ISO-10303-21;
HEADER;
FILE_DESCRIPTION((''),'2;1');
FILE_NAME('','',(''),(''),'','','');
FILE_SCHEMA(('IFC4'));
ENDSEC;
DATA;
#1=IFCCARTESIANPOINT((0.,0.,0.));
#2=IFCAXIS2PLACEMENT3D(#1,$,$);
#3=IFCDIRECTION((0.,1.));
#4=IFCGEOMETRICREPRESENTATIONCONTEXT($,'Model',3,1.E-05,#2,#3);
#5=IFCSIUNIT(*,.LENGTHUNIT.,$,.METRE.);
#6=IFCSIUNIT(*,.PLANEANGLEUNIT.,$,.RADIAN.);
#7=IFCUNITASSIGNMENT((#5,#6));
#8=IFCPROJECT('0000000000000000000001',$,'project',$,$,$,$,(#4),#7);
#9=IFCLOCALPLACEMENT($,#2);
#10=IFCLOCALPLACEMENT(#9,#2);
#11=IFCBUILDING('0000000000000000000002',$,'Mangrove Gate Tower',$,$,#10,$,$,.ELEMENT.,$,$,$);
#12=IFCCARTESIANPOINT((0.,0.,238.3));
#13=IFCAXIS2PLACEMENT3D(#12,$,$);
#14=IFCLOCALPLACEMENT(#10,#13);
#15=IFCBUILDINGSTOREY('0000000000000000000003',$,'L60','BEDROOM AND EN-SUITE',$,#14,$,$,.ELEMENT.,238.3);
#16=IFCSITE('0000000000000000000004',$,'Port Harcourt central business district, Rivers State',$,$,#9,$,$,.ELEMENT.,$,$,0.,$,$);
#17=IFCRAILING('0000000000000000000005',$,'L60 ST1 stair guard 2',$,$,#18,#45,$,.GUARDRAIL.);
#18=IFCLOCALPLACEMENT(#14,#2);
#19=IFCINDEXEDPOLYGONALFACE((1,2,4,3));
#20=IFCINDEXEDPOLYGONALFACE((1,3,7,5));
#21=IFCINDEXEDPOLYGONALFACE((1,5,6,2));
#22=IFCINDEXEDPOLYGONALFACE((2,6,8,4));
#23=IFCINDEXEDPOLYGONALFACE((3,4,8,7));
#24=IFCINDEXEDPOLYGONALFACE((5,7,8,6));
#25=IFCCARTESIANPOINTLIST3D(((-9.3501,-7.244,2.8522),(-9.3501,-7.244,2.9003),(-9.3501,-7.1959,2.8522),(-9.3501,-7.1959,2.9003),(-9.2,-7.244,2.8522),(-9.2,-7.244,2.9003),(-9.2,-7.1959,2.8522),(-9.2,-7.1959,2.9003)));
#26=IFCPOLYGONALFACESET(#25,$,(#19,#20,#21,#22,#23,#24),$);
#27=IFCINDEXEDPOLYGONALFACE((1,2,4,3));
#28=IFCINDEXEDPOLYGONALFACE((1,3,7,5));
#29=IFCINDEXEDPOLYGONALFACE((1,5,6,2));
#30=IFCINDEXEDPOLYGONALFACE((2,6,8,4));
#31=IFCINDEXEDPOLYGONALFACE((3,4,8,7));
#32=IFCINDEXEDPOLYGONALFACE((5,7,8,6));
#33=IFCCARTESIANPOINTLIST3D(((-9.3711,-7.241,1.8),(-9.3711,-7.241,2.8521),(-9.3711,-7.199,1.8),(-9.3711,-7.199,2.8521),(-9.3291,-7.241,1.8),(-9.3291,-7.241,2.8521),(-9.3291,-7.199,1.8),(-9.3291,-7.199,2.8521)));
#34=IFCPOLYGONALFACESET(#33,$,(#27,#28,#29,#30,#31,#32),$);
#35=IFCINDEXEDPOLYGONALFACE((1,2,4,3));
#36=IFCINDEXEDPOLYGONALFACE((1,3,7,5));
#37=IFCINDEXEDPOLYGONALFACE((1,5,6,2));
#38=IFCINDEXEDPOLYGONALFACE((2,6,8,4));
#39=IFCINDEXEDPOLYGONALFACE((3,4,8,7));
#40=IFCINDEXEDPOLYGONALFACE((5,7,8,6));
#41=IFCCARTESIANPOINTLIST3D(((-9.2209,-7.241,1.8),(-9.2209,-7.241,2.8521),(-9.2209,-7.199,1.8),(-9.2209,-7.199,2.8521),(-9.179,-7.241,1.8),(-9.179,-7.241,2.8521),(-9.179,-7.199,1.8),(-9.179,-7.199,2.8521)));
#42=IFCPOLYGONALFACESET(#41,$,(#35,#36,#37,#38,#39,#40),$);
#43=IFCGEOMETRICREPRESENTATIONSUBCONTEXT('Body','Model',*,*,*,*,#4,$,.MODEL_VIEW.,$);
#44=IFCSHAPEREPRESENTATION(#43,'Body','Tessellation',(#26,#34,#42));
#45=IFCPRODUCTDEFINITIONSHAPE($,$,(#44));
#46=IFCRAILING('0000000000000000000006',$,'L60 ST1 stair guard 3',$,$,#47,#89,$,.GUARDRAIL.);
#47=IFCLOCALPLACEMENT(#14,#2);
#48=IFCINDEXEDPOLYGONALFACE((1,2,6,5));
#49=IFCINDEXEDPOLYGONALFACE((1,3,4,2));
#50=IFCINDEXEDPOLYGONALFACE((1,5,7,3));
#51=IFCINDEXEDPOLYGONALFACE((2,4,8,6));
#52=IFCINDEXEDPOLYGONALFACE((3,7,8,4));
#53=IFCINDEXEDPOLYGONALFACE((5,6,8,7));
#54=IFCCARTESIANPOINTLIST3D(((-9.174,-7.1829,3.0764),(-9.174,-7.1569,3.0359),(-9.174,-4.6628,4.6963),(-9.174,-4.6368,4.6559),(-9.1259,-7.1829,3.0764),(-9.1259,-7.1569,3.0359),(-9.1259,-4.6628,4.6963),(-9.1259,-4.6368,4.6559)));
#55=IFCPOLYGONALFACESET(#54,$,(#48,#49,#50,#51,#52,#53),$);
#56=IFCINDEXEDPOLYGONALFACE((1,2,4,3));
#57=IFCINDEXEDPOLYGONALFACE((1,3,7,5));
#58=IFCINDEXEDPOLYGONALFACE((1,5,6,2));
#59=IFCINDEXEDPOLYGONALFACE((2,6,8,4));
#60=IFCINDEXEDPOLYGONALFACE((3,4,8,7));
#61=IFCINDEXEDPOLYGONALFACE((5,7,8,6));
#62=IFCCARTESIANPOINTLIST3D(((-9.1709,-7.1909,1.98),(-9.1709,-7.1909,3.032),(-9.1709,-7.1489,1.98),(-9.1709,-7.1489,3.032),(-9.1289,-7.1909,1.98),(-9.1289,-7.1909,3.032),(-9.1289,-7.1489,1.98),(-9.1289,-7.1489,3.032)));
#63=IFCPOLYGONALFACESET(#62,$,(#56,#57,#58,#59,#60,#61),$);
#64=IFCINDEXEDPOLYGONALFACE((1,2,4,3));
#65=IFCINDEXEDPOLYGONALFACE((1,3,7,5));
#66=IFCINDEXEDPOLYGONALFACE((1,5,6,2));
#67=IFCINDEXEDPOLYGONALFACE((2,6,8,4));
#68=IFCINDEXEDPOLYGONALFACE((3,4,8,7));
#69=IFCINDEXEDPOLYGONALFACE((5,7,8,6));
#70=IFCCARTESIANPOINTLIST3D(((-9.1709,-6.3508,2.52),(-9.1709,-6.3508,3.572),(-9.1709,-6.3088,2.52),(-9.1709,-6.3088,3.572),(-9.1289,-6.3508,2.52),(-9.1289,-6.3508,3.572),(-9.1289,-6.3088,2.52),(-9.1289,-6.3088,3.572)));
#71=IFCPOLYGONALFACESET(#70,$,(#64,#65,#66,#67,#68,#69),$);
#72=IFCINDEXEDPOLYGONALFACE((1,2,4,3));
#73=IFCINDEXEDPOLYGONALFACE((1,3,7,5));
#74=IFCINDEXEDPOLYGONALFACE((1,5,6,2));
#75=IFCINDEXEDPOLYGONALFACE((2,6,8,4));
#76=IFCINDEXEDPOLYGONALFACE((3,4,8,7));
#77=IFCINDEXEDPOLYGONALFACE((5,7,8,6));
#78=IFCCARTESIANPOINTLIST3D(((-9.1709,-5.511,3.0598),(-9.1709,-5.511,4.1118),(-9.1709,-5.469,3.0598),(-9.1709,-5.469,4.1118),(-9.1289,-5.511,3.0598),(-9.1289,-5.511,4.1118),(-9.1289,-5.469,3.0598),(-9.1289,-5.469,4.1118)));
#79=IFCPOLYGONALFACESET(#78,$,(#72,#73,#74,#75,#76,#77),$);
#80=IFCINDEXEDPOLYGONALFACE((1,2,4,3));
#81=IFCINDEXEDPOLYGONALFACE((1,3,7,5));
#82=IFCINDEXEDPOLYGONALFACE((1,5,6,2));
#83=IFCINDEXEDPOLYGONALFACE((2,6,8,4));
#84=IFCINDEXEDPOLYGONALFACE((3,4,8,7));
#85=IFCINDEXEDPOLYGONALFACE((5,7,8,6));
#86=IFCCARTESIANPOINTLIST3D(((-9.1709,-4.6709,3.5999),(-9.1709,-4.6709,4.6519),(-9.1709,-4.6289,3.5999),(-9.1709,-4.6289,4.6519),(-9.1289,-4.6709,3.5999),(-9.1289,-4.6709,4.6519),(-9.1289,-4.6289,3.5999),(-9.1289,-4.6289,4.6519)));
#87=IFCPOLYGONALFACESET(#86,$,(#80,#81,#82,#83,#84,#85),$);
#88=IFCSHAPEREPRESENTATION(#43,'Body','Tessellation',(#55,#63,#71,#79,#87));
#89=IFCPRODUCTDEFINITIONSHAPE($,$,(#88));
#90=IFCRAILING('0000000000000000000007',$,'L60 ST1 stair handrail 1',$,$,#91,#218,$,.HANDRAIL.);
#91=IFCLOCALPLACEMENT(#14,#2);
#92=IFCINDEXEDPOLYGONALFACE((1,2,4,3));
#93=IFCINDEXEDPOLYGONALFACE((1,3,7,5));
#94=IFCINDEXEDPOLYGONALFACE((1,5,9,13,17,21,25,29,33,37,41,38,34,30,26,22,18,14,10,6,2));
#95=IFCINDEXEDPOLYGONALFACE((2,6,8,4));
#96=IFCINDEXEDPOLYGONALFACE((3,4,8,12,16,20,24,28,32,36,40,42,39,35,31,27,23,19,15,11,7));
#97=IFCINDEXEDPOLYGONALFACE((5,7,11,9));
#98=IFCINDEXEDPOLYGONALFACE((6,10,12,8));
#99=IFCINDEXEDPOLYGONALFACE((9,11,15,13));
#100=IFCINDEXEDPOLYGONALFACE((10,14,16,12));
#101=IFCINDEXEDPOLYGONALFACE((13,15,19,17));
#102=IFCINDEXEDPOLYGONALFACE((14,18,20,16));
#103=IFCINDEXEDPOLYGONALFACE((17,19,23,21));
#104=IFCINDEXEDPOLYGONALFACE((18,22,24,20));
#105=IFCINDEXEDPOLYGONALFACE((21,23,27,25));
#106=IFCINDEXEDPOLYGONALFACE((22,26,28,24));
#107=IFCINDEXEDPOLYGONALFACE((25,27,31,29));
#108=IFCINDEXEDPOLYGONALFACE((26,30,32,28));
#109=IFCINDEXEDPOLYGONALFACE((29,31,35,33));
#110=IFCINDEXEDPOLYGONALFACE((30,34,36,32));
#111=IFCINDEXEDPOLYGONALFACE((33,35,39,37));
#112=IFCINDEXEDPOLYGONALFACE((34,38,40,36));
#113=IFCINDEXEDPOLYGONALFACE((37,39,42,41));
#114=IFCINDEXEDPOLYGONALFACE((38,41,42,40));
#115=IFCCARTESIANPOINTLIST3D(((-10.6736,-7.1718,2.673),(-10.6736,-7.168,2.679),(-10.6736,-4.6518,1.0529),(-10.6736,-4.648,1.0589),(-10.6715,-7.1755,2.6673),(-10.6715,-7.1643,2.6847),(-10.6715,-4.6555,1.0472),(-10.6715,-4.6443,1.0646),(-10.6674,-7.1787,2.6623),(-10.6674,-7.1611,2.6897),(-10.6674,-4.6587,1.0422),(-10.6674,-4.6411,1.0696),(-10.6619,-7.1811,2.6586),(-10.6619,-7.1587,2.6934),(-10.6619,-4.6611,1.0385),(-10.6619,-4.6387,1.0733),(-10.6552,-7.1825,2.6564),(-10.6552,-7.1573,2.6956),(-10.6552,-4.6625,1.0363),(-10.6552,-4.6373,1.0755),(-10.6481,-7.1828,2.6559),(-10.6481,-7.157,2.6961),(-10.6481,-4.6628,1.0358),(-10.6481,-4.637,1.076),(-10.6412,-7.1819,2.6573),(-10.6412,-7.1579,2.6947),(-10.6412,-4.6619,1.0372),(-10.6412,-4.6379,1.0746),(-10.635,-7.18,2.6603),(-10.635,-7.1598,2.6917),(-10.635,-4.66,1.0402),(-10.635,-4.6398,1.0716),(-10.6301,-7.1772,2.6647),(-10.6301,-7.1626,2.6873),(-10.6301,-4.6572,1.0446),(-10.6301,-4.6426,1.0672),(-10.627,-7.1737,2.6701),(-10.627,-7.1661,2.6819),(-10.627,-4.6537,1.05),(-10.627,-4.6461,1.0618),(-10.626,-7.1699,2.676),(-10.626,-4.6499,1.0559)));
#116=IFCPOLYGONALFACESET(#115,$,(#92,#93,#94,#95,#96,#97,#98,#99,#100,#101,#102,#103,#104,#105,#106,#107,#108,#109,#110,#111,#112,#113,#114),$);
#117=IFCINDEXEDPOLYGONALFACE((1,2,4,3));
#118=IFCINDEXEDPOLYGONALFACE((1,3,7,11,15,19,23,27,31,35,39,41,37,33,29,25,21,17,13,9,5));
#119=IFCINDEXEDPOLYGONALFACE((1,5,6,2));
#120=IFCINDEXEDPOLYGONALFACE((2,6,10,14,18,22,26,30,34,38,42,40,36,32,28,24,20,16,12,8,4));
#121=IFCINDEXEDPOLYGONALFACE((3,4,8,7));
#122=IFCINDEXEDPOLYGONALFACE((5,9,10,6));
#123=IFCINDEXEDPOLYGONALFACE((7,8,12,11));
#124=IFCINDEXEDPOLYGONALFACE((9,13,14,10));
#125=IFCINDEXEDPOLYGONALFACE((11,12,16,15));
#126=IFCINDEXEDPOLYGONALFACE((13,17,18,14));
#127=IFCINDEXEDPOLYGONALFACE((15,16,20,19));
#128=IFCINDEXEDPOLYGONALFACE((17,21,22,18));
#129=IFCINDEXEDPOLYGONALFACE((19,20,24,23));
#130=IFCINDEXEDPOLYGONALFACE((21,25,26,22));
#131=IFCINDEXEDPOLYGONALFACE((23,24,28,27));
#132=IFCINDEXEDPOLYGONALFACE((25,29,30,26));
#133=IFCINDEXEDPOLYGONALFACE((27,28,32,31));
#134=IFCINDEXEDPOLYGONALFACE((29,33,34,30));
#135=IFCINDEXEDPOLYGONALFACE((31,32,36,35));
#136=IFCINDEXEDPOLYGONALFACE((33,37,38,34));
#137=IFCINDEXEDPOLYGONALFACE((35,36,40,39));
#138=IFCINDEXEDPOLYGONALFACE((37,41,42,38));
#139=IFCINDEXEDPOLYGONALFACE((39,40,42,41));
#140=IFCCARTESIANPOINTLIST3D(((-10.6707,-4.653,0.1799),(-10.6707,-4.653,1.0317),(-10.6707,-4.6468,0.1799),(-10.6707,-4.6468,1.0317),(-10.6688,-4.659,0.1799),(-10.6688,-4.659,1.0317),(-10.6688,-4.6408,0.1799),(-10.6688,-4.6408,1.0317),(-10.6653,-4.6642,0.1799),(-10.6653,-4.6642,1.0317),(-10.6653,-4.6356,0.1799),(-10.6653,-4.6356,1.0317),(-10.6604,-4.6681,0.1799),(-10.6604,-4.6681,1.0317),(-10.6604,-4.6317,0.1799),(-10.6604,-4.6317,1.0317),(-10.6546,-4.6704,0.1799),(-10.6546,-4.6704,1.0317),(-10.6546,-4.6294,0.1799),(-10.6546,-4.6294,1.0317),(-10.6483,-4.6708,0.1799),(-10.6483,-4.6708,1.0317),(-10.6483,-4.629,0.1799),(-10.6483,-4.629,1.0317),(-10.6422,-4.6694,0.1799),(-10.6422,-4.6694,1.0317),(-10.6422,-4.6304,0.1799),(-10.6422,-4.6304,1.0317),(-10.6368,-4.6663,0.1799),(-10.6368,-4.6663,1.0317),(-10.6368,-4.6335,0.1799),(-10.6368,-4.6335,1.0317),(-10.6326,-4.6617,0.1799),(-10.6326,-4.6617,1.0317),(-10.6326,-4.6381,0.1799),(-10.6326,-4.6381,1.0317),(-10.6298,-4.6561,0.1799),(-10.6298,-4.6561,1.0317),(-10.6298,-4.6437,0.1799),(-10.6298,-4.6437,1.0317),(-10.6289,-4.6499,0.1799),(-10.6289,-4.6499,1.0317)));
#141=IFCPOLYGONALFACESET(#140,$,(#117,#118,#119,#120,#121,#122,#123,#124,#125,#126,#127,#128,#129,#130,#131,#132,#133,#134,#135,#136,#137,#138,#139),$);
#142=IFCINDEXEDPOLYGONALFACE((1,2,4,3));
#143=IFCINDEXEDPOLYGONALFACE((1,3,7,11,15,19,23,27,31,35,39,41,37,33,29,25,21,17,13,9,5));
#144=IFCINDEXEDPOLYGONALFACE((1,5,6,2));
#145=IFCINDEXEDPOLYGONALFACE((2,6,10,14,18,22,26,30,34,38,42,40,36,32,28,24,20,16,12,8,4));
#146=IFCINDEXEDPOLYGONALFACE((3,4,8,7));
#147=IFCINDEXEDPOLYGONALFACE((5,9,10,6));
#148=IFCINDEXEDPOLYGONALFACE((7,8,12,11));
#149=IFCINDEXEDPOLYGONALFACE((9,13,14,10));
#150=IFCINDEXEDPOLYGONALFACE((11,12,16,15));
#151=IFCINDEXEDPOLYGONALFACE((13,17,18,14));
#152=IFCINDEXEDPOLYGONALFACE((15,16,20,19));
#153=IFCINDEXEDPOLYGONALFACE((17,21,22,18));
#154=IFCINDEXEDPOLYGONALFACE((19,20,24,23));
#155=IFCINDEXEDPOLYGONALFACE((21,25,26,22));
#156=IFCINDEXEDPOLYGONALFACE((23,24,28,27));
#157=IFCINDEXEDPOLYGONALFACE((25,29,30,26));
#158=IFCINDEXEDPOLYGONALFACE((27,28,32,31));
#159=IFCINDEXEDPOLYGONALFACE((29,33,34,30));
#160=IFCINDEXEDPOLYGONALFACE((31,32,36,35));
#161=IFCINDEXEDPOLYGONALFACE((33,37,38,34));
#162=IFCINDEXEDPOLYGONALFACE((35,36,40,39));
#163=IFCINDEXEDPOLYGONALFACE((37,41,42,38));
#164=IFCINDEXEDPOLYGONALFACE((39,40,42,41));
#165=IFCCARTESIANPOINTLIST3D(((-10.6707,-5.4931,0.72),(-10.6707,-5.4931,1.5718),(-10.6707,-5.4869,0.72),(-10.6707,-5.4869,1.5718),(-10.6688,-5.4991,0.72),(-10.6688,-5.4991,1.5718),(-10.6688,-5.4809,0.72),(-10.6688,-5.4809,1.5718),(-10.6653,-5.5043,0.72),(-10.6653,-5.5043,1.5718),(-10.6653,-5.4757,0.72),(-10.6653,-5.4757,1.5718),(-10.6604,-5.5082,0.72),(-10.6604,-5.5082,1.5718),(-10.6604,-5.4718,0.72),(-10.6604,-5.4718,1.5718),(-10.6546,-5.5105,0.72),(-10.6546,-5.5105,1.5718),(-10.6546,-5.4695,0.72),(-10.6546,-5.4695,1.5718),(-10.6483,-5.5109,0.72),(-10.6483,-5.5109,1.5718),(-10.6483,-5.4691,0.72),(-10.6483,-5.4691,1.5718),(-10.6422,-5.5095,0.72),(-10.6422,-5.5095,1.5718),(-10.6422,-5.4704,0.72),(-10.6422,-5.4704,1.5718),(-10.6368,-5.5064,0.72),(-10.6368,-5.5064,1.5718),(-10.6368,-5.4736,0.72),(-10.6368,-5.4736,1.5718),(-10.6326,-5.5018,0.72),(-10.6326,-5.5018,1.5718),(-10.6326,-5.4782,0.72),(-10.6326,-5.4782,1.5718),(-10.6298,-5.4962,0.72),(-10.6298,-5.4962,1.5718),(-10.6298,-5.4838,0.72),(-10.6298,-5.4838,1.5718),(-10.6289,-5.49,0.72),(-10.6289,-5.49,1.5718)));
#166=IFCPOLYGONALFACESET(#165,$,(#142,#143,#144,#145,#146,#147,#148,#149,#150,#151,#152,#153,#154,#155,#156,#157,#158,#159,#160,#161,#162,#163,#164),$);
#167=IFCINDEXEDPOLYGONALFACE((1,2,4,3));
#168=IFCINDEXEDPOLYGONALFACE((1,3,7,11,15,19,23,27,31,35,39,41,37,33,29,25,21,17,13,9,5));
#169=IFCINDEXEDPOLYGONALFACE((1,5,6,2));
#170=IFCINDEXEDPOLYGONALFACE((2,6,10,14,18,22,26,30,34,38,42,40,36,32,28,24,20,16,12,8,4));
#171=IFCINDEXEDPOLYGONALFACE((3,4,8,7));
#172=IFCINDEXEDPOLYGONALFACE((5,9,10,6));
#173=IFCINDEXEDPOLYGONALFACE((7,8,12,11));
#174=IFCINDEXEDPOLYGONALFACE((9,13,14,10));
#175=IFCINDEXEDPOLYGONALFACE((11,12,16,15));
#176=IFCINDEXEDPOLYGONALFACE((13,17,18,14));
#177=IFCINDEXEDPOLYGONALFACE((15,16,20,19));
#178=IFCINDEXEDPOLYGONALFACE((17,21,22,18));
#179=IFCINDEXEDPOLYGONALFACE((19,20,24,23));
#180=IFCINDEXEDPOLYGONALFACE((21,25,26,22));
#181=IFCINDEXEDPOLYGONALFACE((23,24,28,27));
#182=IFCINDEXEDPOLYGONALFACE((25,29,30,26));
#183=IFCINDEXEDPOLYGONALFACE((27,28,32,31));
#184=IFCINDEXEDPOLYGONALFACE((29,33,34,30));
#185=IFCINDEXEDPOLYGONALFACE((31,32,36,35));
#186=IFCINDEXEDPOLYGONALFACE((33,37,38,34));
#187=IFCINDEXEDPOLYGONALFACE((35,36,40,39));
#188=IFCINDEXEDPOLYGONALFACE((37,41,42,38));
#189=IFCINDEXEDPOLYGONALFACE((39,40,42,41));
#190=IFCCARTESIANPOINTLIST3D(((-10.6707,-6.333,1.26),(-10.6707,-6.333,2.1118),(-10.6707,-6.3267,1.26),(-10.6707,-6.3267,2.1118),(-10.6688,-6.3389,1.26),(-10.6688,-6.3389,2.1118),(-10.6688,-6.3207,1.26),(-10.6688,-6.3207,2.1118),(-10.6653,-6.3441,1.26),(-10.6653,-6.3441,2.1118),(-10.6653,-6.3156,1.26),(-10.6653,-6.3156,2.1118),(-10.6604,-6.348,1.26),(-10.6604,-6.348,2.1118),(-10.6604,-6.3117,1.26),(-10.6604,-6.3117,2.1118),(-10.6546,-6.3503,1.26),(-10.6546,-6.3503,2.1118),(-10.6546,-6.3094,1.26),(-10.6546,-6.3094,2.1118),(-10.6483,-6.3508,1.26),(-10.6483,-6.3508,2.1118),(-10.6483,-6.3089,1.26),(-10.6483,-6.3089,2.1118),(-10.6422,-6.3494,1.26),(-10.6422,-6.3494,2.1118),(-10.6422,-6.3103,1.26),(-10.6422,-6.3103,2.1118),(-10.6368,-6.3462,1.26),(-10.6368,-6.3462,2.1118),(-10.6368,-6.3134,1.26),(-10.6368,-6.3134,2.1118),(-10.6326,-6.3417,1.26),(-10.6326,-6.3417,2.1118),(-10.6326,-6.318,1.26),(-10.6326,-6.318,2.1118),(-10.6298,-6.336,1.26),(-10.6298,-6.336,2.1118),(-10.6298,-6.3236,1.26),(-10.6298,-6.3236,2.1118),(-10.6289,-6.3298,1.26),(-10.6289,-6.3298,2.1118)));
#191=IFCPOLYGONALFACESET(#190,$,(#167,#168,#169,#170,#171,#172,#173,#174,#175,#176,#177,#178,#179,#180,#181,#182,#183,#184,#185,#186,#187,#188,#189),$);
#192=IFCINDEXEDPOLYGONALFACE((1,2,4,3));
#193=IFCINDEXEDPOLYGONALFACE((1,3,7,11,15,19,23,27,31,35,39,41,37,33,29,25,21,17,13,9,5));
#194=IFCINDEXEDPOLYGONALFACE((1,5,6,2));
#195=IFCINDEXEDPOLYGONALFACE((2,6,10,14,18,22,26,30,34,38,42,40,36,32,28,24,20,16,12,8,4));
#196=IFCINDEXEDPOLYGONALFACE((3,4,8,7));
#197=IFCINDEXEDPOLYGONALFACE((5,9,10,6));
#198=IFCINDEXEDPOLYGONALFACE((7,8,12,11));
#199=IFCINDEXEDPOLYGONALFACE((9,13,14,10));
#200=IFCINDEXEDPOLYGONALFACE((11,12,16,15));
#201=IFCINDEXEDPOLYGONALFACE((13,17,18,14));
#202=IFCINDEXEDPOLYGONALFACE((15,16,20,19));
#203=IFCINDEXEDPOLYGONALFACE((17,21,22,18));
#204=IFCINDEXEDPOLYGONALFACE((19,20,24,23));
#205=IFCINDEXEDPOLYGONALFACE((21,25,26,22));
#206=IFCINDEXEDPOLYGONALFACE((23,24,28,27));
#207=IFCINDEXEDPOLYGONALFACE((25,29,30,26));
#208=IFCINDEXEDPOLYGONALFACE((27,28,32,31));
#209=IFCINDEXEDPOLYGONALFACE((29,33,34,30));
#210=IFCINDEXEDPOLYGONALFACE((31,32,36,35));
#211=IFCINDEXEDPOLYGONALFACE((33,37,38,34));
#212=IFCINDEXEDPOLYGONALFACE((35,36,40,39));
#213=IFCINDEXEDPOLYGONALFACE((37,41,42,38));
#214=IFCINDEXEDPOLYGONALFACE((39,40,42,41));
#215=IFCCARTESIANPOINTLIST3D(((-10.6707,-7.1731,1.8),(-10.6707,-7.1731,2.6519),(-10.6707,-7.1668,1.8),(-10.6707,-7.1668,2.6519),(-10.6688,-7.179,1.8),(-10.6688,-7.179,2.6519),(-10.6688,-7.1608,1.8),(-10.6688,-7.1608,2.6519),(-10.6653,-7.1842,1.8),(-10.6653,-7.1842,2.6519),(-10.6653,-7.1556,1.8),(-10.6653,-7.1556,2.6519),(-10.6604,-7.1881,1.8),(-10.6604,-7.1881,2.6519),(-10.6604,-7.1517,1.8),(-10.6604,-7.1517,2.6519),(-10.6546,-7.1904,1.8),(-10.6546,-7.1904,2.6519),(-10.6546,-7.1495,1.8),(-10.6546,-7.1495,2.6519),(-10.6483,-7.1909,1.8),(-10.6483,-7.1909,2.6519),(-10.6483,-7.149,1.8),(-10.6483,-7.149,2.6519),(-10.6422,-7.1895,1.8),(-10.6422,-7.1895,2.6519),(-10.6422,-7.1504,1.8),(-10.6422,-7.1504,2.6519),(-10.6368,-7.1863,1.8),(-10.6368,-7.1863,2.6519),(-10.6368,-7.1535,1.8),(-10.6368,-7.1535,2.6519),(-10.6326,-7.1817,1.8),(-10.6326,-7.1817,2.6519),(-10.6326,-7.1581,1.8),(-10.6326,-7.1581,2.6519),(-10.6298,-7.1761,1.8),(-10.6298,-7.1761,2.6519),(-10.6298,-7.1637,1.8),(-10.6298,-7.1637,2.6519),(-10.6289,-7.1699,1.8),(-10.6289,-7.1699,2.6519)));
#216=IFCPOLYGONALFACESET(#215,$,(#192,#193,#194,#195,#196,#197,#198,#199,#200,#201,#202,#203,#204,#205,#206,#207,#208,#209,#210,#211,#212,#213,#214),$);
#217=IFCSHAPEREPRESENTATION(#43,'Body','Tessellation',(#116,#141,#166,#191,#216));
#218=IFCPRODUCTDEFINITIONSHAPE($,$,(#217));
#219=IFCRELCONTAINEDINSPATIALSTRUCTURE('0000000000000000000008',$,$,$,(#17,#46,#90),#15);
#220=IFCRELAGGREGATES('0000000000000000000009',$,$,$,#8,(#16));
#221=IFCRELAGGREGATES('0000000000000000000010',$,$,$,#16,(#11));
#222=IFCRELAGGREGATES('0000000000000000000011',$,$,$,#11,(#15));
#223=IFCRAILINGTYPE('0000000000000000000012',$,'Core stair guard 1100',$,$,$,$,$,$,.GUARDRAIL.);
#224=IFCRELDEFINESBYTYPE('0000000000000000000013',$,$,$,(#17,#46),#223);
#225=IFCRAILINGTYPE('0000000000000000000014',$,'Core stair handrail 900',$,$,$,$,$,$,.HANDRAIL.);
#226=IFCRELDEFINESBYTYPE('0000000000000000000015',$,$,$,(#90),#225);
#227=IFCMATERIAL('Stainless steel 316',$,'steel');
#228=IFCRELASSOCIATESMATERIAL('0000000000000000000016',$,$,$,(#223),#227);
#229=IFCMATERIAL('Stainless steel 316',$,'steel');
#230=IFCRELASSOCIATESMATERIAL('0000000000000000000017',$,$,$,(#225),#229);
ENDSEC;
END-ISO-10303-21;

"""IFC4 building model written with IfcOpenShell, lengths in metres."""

from ifc_helpers import new_model, si_unit, direction, frame, origin, origin_2d, place, context, subcontext, project, spatial, rectangle, circle, extrude, material, type_object, element, save


model = new_model("IFC4")

# Units and contexts
model_context = context("Model", 3, precision=1e-05, world=origin(), true_north=direction((0.0, 1.0)))
body_context = subcontext(model_context, "Body", "Model", "MODEL_VIEW")
ifc_project = project(units=[si_unit("LENGTHUNIT", "METRE"), si_unit("PLANEANGLEUNIT", "RADIAN")], contexts=[model_context])

# Site, building, storey
site_placement = place(None, origin())
site = spatial("IfcSite", under=ifc_project, at=site_placement, Name="Port Harcourt central business district, Rivers State", CompositionType="ELEMENT", RefElevation=0.0)
building_placement = place(site_placement, origin())
building = spatial("IfcBuilding", under=site, at=building_placement, Name="Mangrove Gate Tower", CompositionType="ELEMENT")
storey_placement = place(building_placement, frame((0.0, 0.0, 238.3)))
storey = spatial("IfcBuildingStorey", under=building, at=storey_placement, Name="L60", Description="BEDROOM AND EN-SUITE", CompositionType="ELEMENT", Elevation=238.3)

# Railings
ifc_material_1 = material(Name="Stainless steel 316", Category="steel")
railing_type_1 = type_object("IfcRailingType", Name="Core stair guard 1100", PredefinedType="GUARDRAIL", material=ifc_material_1)
railing_1_placement = place(storey_placement, frame((-9.3501, -7.22, 1.8)))
element("IfcRailing", 1, at=railing_1_placement, inside=storey, type_object=railing_type_1, Name="L60 ST1 stair guard 2", PredefinedType="GUARDRAIL", context=body_context, shape_type="SweptSolid", body=[
    extrude(rectangle(XDim=0.0481, YDim=0.0481, at=origin_2d()), frame((0.0, 0.0, 1.0762), z_axis=(1.0, 0.0, 0.0), x_axis=(0.0, 1.0, 0.0)), (0.0, 0.0, 1.0), 0.1501),
    extrude(rectangle(XDim=0.042, YDim=0.042, at=origin_2d()), origin(), (0.0, 0.0, 1.0), 1.052),
    extrude(rectangle(XDim=0.042, YDim=0.042, at=origin_2d()), frame((0.1501, 0.0, 0.0)), (0.0, 0.0, 1.0), 1.052),
])
railing_2_placement = place(storey_placement, frame((-9.1499, -7.1699, 1.98)))
element("IfcRailing", 2, at=railing_2_placement, inside=storey, type_object=railing_type_1, Name="L60 ST1 stair guard 3", PredefinedType="GUARDRAIL", context=body_context, shape_type="SweptSolid", body=[
    extrude(rectangle(XDim=0.0481, YDim=0.0481, at=origin_2d()), frame((0.0, 0.0, 1.0762), z_axis=(0.0, 0.8412, 0.540725), x_axis=(-1.0, 0.0, 0.0)), (0.0, 0.0, 1.0), 2.9958),
    extrude(rectangle(XDim=0.042, YDim=0.042, at=origin_2d()), origin(), (0.0, 0.0, 1.0), 1.052),
    extrude(rectangle(XDim=0.042, YDim=0.042, at=origin_2d()), frame((0.0, 0.8401, 0.54)), (0.0, 0.0, 1.0), 1.052),
    extrude(rectangle(XDim=0.042, YDim=0.042, at=origin_2d()), frame((0.0, 1.6799, 1.0798)), (0.0, 0.0, 1.0), 1.052),
    extrude(rectangle(XDim=0.042, YDim=0.042, at=origin_2d()), frame((0.0, 2.52, 1.6199)), (0.0, 0.0, 1.0), 1.052),
])
ifc_material_2 = material(Name="Stainless steel 316", Category="steel")
railing_type_2 = type_object("IfcRailingType", Name="Core stair handrail 900", PredefinedType="HANDRAIL", material=ifc_material_2)
railing_3_placement = place(storey_placement, frame((-10.6499, -4.6499, 0.1799)))
element("IfcRailing", 3, at=railing_3_placement, inside=storey, type_object=railing_type_2, Name="L60 ST1 stair handrail 1", PredefinedType="HANDRAIL", context=body_context, shape_type="SweptSolid", body=[
    extrude(circle(Radius=0.0239, at=origin_2d()), frame((0.0, 0.0, 0.876), z_axis=(0.0, -0.841163, 0.540782), x_axis=(1.0, 0.0, 0.0)), (0.0, 0.0, 1.0), 2.9958),
    extrude(circle(Radius=0.021, at=origin_2d()), origin(), (0.0, 0.0, 1.0), 0.8518),
    extrude(circle(Radius=0.021, at=origin_2d()), frame((0.0, -0.8401, 0.54)), (0.0, 0.0, 1.0), 0.8518),
    extrude(circle(Radius=0.021, at=origin_2d()), frame((0.0, -1.6799, 1.0801)), (0.0, 0.0, 1.0), 0.8518),
    extrude(circle(Radius=0.021, at=origin_2d()), frame((0.0, -2.52, 1.6201)), (0.0, 0.0, 1.0), 0.8518),
])

save(model, "model.ifc")
